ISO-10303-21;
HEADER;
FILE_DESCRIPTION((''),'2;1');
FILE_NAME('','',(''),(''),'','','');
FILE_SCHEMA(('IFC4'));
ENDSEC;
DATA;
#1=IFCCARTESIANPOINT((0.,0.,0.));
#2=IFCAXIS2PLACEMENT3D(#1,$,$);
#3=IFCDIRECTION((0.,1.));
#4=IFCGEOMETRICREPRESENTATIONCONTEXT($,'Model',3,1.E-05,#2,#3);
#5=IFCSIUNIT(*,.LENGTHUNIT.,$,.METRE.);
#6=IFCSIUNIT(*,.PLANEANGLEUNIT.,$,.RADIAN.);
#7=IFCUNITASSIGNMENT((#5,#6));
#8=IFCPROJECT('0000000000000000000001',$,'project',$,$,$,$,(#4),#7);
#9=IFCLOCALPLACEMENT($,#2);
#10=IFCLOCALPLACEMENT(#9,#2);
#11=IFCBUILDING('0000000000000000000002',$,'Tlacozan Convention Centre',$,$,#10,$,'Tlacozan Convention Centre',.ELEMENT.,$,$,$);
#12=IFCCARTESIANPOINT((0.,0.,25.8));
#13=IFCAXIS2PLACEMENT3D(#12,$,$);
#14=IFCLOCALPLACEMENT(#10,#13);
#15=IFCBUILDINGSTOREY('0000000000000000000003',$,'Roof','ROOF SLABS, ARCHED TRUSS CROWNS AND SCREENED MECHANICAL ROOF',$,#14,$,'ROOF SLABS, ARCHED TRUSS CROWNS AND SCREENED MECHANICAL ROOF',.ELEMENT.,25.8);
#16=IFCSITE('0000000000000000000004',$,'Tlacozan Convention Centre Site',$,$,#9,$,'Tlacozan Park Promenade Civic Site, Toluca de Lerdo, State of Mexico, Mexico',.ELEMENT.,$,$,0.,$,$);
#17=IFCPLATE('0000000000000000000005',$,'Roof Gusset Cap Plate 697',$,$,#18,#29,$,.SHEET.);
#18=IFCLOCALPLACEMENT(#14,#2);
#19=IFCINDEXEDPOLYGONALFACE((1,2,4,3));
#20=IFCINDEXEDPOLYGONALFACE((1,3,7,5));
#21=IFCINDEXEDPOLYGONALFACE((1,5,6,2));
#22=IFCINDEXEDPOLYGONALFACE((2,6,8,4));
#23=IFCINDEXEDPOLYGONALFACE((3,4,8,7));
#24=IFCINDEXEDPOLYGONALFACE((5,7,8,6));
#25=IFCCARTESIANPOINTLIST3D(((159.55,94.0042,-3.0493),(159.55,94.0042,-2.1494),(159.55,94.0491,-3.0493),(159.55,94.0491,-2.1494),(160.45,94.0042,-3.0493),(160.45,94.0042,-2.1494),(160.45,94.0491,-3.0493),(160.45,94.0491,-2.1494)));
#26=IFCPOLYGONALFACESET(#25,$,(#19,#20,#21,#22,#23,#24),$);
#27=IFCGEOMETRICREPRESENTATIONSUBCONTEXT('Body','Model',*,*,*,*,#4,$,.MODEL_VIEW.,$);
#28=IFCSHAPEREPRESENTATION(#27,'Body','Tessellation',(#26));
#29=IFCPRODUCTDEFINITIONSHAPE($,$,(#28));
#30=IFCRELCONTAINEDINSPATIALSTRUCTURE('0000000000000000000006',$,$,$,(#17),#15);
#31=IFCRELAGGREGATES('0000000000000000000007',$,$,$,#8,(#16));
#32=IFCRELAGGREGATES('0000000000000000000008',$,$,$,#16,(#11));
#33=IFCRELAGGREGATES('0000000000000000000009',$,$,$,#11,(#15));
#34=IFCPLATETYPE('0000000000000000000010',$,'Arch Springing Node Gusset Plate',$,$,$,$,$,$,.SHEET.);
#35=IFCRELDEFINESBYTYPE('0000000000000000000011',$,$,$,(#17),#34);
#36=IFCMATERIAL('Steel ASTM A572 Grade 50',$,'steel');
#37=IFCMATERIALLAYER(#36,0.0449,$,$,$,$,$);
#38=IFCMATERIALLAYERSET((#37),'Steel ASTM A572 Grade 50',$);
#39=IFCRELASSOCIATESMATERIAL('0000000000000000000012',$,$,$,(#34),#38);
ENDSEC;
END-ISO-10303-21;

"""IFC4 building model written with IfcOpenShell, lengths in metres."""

from ifc_helpers import new_model, si_unit, direction, frame, origin, origin_2d, place, context, subcontext, project, spatial, rectangle, extrude, material, layer, layer_set, type_object, element, save


model = new_model("IFC4")

# Units and contexts
model_context = context("Model", 3, precision=1e-05, world=origin(), true_north=direction((0.0, 1.0)))
body_context = subcontext(model_context, "Body", "Model", "MODEL_VIEW")
ifc_project = project(units=[si_unit("LENGTHUNIT", "METRE"), si_unit("PLANEANGLEUNIT", "RADIAN")], contexts=[model_context])

# Site, building, storey
site_placement = place(None, origin())
site = spatial("IfcSite", under=ifc_project, at=site_placement, Name="Tlacozan Convention Centre Site", LongName="Tlacozan Park Promenade Civic Site, Toluca de Lerdo, State of Mexico, Mexico", CompositionType="ELEMENT", RefElevation=0.0)
building_placement = place(site_placement, origin())
building = spatial("IfcBuilding", under=site, at=building_placement, Name="Tlacozan Convention Centre", LongName="Tlacozan Convention Centre", CompositionType="ELEMENT")
storey_placement = place(building_placement, frame((0.0, 0.0, 25.8)))
storey = spatial("IfcBuildingStorey", under=building, at=storey_placement, Name="Roof", Description="ROOF SLABS, ARCHED TRUSS CROWNS AND SCREENED MECHANICAL ROOF", LongName="ROOF SLABS, ARCHED TRUSS CROWNS AND SCREENED MECHANICAL ROOF", CompositionType="ELEMENT", Elevation=25.8)

# Plate
ifc_material_1 = material(Name="Steel ASTM A572 Grade 50", Category="steel")
ifc_layer = layer(ifc_material_1, 0.0449)
ifc_layer_set = layer_set([ifc_layer], Name="Steel ASTM A572 Grade 50")
plate_type = type_object("IfcPlateType", Name="Arch Springing Node Gusset Plate", PredefinedType="SHEET", material=ifc_layer_set)
for number, where, z_axis, x_axis, name in (
    (1, (160.0, 94.0266, -3.0493), (0.0, 0.0, 1.0), (0.0, 1.0, 0.0), "Roof Gusset Cap Plate 697"),
):
    element("IfcPlate", number, at=place(storey_placement, frame(where, z_axis=z_axis, x_axis=x_axis)), inside=storey, type_object=plate_type, Name=name, PredefinedType="SHEET", context=body_context, shape_type="SweptSolid", body=[
        extrude(rectangle(XDim=0.0449, YDim=0.8999, at=origin_2d()), origin(), (0.0, 0.0, 1.0), 0.8999),
    ])

save(model, "model.ifc")
